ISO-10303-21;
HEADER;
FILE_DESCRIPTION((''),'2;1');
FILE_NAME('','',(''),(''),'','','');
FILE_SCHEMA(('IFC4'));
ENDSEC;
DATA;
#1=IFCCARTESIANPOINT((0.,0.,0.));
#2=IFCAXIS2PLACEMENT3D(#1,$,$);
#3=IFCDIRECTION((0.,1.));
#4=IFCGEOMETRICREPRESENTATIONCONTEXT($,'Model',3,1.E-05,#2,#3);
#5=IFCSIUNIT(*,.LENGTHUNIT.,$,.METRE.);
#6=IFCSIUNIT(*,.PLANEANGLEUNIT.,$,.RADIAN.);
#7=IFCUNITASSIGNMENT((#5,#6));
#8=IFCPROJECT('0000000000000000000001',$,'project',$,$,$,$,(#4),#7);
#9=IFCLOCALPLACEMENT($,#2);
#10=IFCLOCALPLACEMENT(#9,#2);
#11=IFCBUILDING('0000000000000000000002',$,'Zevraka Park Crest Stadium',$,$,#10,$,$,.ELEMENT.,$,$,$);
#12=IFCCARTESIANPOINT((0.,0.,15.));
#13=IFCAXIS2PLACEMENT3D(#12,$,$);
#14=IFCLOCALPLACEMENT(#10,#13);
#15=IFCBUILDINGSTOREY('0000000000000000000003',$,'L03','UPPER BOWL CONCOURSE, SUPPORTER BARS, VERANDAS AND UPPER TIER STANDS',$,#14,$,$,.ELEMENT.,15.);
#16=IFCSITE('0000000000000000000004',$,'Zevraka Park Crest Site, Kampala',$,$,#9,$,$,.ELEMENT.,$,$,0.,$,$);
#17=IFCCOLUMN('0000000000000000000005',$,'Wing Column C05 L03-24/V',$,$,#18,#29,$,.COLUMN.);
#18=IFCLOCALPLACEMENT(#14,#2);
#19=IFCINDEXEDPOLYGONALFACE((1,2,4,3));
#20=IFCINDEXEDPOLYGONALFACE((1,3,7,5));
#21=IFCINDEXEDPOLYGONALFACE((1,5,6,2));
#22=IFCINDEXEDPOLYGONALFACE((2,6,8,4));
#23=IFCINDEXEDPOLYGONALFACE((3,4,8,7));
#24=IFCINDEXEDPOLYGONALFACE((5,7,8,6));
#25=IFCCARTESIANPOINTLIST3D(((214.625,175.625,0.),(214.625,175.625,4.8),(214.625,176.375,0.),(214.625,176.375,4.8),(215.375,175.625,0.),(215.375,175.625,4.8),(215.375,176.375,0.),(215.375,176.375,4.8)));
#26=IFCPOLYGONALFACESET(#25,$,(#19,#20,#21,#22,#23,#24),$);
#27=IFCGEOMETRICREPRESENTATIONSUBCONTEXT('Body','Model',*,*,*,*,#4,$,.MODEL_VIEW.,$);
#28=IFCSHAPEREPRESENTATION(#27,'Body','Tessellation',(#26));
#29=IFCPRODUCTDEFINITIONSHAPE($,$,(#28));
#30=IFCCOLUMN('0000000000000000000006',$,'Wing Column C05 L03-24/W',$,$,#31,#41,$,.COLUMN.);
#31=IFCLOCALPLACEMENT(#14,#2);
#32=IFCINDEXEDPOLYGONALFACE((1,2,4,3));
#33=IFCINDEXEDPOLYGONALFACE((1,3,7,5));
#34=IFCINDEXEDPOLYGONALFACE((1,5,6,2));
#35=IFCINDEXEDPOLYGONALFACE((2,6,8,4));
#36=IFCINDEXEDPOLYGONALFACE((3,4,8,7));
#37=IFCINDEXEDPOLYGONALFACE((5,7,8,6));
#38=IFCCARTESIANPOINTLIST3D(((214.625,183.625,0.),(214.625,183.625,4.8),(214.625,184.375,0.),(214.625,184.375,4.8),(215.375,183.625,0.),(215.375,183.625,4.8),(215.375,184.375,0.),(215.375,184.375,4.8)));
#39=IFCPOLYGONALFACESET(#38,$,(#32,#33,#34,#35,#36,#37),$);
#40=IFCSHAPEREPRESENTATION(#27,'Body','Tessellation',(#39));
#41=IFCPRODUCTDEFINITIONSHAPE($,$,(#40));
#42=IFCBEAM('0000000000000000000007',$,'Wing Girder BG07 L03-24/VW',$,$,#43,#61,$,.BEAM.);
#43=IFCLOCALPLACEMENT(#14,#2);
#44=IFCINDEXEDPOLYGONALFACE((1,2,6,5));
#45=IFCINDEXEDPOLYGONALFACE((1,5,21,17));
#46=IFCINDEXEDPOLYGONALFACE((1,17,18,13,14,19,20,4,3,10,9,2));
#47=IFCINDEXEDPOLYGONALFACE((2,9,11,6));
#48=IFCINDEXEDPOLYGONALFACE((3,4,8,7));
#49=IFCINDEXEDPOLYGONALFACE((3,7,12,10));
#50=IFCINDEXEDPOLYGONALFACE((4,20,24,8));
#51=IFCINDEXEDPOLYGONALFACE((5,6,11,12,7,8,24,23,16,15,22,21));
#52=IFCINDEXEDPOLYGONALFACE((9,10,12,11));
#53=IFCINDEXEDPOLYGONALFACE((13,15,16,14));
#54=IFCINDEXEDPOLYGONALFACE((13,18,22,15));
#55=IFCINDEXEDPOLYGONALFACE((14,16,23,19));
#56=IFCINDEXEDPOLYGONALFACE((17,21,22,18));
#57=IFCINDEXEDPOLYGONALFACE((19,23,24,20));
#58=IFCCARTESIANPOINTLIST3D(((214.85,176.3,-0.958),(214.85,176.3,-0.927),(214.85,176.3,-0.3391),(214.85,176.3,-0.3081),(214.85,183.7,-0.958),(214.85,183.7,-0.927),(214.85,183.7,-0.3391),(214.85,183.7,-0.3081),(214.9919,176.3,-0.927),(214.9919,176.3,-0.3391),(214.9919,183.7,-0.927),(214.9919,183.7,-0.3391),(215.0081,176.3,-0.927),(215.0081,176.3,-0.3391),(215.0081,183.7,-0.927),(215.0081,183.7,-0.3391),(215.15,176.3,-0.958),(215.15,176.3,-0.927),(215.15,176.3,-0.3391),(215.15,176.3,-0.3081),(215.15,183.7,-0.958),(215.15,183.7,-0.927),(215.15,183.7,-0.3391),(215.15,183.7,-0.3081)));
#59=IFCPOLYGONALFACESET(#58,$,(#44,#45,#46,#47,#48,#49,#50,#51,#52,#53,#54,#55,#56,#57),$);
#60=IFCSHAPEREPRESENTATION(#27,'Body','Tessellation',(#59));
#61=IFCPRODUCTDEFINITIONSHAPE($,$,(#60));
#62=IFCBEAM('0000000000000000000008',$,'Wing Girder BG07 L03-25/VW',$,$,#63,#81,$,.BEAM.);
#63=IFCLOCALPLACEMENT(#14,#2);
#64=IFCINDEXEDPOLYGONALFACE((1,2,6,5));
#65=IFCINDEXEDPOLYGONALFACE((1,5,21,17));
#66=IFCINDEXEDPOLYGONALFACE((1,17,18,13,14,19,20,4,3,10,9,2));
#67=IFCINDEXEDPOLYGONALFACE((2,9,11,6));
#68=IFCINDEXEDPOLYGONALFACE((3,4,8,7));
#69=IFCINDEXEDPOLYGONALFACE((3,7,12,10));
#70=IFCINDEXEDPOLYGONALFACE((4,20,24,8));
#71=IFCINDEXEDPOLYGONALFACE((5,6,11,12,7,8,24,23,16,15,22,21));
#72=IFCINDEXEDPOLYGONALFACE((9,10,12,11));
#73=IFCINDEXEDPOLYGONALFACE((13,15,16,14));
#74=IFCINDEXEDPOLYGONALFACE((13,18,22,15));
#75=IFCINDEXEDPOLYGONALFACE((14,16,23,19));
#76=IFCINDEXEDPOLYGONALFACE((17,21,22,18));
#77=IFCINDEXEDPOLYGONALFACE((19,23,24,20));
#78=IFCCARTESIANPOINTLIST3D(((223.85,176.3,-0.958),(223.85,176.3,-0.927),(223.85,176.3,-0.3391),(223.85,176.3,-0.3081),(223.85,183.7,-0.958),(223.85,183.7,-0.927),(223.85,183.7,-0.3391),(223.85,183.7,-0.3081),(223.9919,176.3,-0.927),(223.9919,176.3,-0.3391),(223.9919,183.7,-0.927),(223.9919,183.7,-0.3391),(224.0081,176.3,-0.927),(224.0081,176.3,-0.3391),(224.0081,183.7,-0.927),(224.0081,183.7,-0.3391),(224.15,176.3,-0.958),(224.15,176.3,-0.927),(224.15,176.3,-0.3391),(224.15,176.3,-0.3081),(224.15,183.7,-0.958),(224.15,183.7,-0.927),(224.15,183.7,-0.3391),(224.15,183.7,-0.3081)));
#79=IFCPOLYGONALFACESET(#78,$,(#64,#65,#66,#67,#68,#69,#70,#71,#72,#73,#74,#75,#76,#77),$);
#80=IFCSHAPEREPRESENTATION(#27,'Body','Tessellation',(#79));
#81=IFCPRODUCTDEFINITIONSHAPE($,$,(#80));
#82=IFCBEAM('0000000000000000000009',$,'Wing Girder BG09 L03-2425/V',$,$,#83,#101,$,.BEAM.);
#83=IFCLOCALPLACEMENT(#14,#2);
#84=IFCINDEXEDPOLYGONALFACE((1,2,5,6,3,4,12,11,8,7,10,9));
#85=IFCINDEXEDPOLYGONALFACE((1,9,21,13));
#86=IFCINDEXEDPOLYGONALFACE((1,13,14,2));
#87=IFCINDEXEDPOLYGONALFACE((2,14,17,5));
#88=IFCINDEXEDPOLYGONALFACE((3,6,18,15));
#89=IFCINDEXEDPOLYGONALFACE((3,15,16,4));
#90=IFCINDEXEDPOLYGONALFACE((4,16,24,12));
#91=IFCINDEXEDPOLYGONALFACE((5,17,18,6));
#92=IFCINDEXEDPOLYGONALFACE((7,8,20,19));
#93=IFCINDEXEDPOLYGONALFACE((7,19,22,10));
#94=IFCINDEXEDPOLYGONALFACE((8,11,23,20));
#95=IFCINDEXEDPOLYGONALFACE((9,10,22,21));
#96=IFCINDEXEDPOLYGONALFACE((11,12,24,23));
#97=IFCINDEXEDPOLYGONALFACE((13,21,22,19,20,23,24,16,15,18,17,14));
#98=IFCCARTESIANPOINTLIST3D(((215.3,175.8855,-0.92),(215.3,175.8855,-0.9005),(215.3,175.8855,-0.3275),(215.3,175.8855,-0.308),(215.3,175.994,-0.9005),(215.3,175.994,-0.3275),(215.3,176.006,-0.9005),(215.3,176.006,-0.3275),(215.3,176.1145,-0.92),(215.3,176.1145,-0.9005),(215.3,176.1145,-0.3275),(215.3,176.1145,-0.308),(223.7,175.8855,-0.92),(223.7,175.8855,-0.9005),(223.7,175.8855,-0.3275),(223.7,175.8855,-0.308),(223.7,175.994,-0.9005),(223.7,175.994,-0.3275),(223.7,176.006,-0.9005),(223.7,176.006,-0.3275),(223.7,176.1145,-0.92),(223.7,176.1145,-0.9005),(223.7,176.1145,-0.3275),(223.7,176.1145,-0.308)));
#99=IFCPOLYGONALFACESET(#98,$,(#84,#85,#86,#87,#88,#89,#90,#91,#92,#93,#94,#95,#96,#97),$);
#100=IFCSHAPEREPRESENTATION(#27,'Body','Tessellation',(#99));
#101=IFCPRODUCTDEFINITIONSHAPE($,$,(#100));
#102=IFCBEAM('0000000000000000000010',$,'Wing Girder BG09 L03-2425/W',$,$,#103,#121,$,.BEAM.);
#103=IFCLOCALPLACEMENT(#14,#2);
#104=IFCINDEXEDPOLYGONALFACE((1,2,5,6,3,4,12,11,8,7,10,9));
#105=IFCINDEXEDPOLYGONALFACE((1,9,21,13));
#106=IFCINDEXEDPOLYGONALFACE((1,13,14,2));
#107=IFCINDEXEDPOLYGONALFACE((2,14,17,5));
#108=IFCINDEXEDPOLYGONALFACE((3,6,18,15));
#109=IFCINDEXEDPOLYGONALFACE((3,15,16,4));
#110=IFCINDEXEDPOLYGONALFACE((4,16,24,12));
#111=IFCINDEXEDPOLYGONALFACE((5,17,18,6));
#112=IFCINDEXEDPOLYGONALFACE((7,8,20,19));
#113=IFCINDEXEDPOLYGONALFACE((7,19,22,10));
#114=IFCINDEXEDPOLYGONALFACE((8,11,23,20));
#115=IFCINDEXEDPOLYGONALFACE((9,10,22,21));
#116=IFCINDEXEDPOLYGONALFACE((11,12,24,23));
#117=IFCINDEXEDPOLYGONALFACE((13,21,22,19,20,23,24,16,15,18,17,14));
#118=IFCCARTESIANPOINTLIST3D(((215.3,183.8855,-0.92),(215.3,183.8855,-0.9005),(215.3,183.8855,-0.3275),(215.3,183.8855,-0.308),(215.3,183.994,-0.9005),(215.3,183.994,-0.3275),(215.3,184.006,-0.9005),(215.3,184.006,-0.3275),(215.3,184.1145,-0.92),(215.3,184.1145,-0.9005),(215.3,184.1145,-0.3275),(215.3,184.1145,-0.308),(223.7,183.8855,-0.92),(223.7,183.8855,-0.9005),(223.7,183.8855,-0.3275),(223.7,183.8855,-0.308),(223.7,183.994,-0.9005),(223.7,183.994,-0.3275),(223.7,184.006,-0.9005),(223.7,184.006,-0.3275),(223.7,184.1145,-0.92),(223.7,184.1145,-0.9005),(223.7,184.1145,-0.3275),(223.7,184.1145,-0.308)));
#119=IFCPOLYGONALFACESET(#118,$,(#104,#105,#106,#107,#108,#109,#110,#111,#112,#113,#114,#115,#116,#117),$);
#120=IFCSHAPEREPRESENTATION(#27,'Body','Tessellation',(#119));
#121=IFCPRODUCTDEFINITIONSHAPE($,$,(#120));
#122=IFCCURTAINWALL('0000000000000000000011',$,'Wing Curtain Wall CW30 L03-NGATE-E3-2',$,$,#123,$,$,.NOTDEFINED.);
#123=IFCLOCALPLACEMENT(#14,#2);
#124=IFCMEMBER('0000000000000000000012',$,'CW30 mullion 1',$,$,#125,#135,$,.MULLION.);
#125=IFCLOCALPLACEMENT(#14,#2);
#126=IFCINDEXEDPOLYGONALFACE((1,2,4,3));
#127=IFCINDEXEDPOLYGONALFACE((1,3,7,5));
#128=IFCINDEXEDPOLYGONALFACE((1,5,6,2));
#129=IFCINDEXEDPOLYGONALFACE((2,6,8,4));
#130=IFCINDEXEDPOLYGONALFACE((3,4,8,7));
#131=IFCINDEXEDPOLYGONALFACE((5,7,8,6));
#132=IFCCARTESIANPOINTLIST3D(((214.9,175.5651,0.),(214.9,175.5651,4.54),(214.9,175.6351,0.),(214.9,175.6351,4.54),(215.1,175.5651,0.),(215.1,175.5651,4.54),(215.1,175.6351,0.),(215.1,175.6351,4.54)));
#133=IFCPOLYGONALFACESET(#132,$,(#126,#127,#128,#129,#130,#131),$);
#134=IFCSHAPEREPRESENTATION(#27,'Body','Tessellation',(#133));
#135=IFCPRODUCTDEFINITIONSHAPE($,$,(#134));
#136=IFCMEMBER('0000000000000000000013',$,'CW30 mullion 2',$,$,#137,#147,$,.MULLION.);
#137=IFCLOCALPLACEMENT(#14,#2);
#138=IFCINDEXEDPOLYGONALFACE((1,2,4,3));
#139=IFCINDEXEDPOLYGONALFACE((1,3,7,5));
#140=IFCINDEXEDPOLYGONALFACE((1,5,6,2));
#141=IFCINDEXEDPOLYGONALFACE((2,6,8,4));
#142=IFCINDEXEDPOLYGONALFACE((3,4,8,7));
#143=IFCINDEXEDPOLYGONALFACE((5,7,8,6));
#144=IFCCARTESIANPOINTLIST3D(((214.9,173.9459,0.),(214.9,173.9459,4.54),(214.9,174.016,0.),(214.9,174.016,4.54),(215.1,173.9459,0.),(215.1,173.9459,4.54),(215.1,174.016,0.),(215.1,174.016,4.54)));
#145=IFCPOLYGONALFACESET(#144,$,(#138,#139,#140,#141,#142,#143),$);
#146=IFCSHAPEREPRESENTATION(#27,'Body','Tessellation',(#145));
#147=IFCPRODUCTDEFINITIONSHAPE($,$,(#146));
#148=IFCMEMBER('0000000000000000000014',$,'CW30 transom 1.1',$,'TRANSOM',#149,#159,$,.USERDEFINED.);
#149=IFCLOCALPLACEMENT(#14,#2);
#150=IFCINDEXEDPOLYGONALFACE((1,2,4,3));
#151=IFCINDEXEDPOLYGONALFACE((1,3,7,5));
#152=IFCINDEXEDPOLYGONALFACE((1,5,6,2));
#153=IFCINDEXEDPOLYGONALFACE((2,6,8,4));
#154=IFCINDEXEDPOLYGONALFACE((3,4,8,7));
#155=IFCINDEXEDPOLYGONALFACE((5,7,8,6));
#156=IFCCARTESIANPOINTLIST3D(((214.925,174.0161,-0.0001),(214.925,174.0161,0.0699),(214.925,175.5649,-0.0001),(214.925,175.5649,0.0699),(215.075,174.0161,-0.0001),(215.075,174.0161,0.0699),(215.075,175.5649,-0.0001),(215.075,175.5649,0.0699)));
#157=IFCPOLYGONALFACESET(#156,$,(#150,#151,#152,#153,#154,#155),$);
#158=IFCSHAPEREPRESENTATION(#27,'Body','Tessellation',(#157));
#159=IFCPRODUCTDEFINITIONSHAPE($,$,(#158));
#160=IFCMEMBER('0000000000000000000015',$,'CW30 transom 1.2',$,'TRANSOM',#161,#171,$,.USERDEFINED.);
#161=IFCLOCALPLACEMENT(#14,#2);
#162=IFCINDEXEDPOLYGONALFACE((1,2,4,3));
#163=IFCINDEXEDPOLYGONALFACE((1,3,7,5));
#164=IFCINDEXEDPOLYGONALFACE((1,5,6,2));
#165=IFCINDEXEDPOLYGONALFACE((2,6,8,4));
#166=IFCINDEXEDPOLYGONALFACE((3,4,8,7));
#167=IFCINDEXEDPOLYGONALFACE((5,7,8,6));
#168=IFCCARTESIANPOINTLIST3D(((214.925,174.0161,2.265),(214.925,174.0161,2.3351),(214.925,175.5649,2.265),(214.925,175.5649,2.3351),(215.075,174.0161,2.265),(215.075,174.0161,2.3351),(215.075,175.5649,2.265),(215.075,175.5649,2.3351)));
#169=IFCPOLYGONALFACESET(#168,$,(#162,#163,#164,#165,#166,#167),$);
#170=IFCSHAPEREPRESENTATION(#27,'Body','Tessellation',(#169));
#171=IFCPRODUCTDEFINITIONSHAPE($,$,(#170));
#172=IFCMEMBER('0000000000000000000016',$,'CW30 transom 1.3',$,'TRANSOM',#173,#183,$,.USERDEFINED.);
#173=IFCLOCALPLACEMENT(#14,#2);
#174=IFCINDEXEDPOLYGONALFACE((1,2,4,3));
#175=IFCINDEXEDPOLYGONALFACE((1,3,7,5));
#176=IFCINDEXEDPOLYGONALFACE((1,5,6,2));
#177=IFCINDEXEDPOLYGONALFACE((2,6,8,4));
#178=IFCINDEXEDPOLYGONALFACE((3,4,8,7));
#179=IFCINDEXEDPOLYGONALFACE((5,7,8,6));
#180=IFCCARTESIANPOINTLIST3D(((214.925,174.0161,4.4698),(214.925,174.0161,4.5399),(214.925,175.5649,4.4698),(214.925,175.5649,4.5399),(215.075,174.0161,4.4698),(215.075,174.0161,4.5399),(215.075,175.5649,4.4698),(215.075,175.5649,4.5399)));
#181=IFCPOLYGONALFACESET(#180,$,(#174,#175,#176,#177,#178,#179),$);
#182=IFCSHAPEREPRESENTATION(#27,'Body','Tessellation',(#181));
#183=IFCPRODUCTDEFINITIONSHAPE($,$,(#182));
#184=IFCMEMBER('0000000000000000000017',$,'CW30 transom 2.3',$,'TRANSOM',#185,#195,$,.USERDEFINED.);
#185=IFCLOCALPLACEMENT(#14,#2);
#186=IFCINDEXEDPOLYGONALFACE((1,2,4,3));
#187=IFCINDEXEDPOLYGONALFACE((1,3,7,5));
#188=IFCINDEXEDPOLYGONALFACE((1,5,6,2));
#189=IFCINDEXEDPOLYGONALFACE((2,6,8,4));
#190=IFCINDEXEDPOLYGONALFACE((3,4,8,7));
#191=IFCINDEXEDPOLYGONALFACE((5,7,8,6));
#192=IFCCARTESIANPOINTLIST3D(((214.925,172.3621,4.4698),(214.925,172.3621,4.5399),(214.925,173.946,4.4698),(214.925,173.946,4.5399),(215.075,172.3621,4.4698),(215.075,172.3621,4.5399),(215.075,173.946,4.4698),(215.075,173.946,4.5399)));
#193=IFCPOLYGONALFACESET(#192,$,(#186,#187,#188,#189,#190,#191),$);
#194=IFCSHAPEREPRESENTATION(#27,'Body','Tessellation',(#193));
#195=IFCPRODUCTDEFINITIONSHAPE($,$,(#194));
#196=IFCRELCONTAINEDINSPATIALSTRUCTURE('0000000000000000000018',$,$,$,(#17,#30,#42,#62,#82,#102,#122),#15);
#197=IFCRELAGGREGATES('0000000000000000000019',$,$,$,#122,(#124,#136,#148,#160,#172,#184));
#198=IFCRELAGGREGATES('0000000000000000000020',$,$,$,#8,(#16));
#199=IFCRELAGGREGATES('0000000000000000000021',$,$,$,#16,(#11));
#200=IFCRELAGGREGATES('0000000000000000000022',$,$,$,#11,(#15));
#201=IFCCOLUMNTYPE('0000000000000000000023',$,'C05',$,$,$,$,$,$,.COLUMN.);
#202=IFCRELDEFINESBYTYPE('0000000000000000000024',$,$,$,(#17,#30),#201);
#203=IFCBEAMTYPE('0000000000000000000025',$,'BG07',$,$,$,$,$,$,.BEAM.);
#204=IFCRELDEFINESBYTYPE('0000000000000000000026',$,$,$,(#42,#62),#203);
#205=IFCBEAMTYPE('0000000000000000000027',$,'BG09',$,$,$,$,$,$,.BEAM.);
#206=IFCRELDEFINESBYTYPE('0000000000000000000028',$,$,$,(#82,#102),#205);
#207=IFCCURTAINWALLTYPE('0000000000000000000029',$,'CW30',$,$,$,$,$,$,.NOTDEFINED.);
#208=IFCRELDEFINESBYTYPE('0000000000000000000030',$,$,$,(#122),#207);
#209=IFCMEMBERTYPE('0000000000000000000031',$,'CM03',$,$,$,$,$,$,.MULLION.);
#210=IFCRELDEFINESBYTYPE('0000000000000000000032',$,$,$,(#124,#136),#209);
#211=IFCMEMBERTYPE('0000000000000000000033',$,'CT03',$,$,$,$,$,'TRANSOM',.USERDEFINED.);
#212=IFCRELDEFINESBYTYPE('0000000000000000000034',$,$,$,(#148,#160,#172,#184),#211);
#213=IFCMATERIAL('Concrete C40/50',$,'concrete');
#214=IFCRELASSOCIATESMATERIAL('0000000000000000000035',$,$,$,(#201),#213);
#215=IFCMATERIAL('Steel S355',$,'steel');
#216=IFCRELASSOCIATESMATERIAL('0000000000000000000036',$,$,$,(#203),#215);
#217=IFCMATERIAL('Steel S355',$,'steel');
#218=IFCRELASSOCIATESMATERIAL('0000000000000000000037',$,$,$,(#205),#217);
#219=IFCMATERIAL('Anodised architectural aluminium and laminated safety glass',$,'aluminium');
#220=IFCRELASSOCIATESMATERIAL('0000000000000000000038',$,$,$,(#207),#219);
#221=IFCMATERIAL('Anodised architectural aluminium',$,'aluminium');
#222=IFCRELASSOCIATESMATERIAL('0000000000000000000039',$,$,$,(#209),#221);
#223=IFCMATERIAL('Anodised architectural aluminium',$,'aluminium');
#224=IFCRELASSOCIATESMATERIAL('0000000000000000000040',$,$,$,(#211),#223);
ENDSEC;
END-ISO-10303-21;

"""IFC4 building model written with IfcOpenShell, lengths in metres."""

from ifc_helpers import new_model, si_unit, direction, frame, origin, origin_2d, place, context, subcontext, project, spatial, rectangle, i_section, extrude, material, material_profile, profile_set, type_object, element, aggregate, save


model = new_model("IFC4")

# Units and contexts
model_context = context("Model", 3, precision=1e-05, world=origin(), true_north=direction((0.0, 1.0)))
body_context = subcontext(model_context, "Body", "Model", "MODEL_VIEW")
ifc_project = project(units=[si_unit("LENGTHUNIT", "METRE"), si_unit("PLANEANGLEUNIT", "RADIAN")], contexts=[model_context])

# Site, building, storey
site_placement = place(None, origin())
site = spatial("IfcSite", under=ifc_project, at=site_placement, Name="Zevraka Park Crest Site, Kampala", CompositionType="ELEMENT", RefElevation=0.0)
building_placement = place(site_placement, origin())
building = spatial("IfcBuilding", under=site, at=building_placement, Name="Zevraka Park Crest Stadium", CompositionType="ELEMENT")
storey_placement = place(building_placement, frame((0.0, 0.0, 15.0)))
storey = spatial("IfcBuildingStorey", under=building, at=storey_placement, Name="L03", Description="UPPER BOWL CONCOURSE, SUPPORTER BARS, VERANDAS AND UPPER TIER STANDS", CompositionType="ELEMENT", Elevation=15.0)

# Columns
ifc_material_1 = material(Name="Concrete C40/50", Category="concrete")
ifc_material_profile_1 = material_profile(ifc_material_1, rectangle(XDim=0.75, YDim=0.75, at=origin_2d()), Name="RC 750x750")
ifc_profile_set_1 = profile_set([ifc_material_profile_1], Name="Concrete C40/50")
column_type = type_object("IfcColumnType", Name="C05", PredefinedType="COLUMN", material=ifc_profile_set_1)
for number, where, z_axis, x_axis, name in (
    (1, (215.0, 176.0, 0.0), (0.0, 0.0, 1.0), (1.0, 0.0, 0.0), "Wing Column C05 L03-24/V"),
    (2, (215.0, 184.0, 0.0), (0.0, 0.0, 1.0), (1.0, 0.0, 0.0), "Wing Column C05 L03-24/W"),
):
    element("IfcColumn", number, at=place(storey_placement, frame(where, z_axis=z_axis, x_axis=x_axis)), inside=storey, type_object=column_type, Name=name, PredefinedType="COLUMN", context=body_context, shape_type="SweptSolid", body=[
        extrude(rectangle(XDim=0.75, YDim=0.75, at=origin_2d()), origin(), (0.0, 0.0, 1.0), 4.8),
    ])

# Beams
ifc_material_2 = material(Name="Steel S355", Category="steel")
ifc_material_profile_2 = material_profile(ifc_material_2, i_section(OverallWidth=0.3, OverallDepth=0.6499, WebThickness=0.0161, FlangeThickness=0.031, at=origin_2d()), Name="HEB 650")
ifc_profile_set_2 = profile_set([ifc_material_profile_2], Name="Steel S355")
beam_type_1 = type_object("IfcBeamType", Name="BG07", PredefinedType="BEAM", material=ifc_profile_set_2)
for number, where, z_axis, x_axis, name in (
    (3, (215.0, 176.3, -0.6331), (0.0, 1.0, 0.0), (-1.0, 0.0, 0.0), "Wing Girder BG07 L03-24/VW"),
    (4, (224.0, 176.3, -0.6331), (0.0, 1.0, 0.0), (-1.0, 0.0, 0.0), "Wing Girder BG07 L03-25/VW"),
):
    element("IfcBeam", number, at=place(storey_placement, frame(where, z_axis=z_axis, x_axis=x_axis)), inside=storey, type_object=beam_type_1, Name=name, PredefinedType="BEAM", context=body_context, shape_type="SweptSolid", body=[
        extrude(i_section(OverallWidth=0.3, OverallDepth=0.6499, WebThickness=0.0161, FlangeThickness=0.031, at=origin_2d()), origin(), (0.0, 0.0, 1.0), 7.3999),
    ])
ifc_material_3 = material(Name="Steel S355", Category="steel")
ifc_material_profile_3 = material_profile(ifc_material_3, i_section(OverallWidth=0.229, OverallDepth=0.6121, WebThickness=0.012, FlangeThickness=0.0195, at=origin_2d()), Name="UKB 610x229x125")
ifc_profile_set_3 = profile_set([ifc_material_profile_3], Name="Steel S355")
beam_type_2 = type_object("IfcBeamType", Name="BG09", PredefinedType="BEAM", material=ifc_profile_set_3)
for number, where, z_axis, x_axis, name in (
    (5, (215.3, 176.0, -0.614), (1.0, 0.0, 0.0), (0.0, 1.0, 0.0), "Wing Girder BG09 L03-2425/V"),
    (6, (215.3, 184.0, -0.614), (1.0, 0.0, 0.0), (0.0, 1.0, 0.0), "Wing Girder BG09 L03-2425/W"),
):
    element("IfcBeam", number, at=place(storey_placement, frame(where, z_axis=z_axis, x_axis=x_axis)), inside=storey, type_object=beam_type_2, Name=name, PredefinedType="BEAM", context=body_context, shape_type="SweptSolid", body=[
        extrude(i_section(OverallWidth=0.229, OverallDepth=0.6121, WebThickness=0.012, FlangeThickness=0.0195, at=origin_2d()), origin(), (0.0, 0.0, 1.0), 8.3999),
    ])

# Curtain wall, members
ifc_material_4 = material(Name="Anodised architectural aluminium and laminated safety glass", Category="aluminium")
curtain_wall_type = type_object("IfcCurtainWallType", Name="CW30", PredefinedType="NOTDEFINED", material=ifc_material_4)
curtain_wall_placement = place(storey_placement, origin())
curtain_wall = element("IfcCurtainWall", 7, at=curtain_wall_placement, inside=storey, type_object=curtain_wall_type, Name="Wing Curtain Wall CW30 L03-NGATE-E3-2", PredefinedType="NOTDEFINED")
ifc_material_5 = material(Name="Anodised architectural aluminium", Category="aluminium")
ifc_material_profile_4 = material_profile(ifc_material_5, rectangle(XDim=0.2, YDim=0.0701, at=origin_2d()), Name="ALU MULLION 200x70")
ifc_profile_set_4 = profile_set([ifc_material_profile_4], Name="Anodised architectural aluminium")
member_type_1 = type_object("IfcMemberType", Name="CM03", PredefinedType="MULLION", material=ifc_profile_set_4)
member_1_placement = place(storey_placement, frame((215.0, 175.6001, 0.0), z_axis=(0.0, 0.0, 1.0), x_axis=(1.0, 0.0, 0.0)))
member_1 = element("IfcMember", 8, at=member_1_placement, type_object=member_type_1, Name="CW30 mullion 1", PredefinedType="MULLION", context=body_context, shape_type="SweptSolid", body=[
    extrude(rectangle(XDim=0.2, YDim=0.0701, at=origin_2d()), origin(), (0.0, 0.0, 1.0), 4.54),
])
member_2_placement = place(storey_placement, frame((215.0, 173.981, 0.0), z_axis=(0.0, 0.0, 1.0), x_axis=(1.0, 0.0, 0.0)))
member_2 = element("IfcMember", 9, at=member_2_placement, type_object=member_type_1, Name="CW30 mullion 2", PredefinedType="MULLION", context=body_context, shape_type="SweptSolid", body=[
    extrude(rectangle(XDim=0.2, YDim=0.0701, at=origin_2d()), origin(), (0.0, 0.0, 1.0), 4.54),
])
ifc_material_6 = material(Name="Anodised architectural aluminium", Category="aluminium")
ifc_material_profile_5 = material_profile(ifc_material_6, rectangle(XDim=0.1499, YDim=0.0701, at=origin_2d()), Name="ALU TRANSOM 150x70")
ifc_profile_set_5 = profile_set([ifc_material_profile_5], Name="Anodised architectural aluminium")
member_type_2 = type_object("IfcMemberType", Name="CT03", ElementType="TRANSOM", PredefinedType="USERDEFINED", material=ifc_profile_set_5)
member_3_placement = place(storey_placement, frame((215.0, 175.5649, 0.0349), z_axis=(0.0, -1.0, 0.0), x_axis=(1.0, 0.0, 0.0)))
member_3 = element("IfcMember", 10, at=member_3_placement, type_object=member_type_2, Name="CW30 transom 1.1", ObjectType="TRANSOM", PredefinedType="USERDEFINED", context=body_context, shape_type="SweptSolid", body=[
    extrude(rectangle(XDim=0.1499, YDim=0.0701, at=origin_2d()), origin(), (0.0, 0.0, 1.0), 1.5488),
])
member_4_placement = place(storey_placement, frame((215.0, 175.5649, 2.3), z_axis=(0.0, -1.0, 0.0), x_axis=(1.0, 0.0, 0.0)))
member_4 = element("IfcMember", 11, at=member_4_placement, type_object=member_type_2, Name="CW30 transom 1.2", ObjectType="TRANSOM", PredefinedType="USERDEFINED", context=body_context, shape_type="SweptSolid", body=[
    extrude(rectangle(XDim=0.1499, YDim=0.0701, at=origin_2d()), origin(), (0.0, 0.0, 1.0), 1.5488),
])
member_5_placement = place(storey_placement, frame((215.0, 175.5649, 4.5049), z_axis=(0.0, -1.0, 0.0), x_axis=(1.0, 0.0, 0.0)))
member_5 = element("IfcMember", 12, at=member_5_placement, type_object=member_type_2, Name="CW30 transom 1.3", ObjectType="TRANSOM", PredefinedType="USERDEFINED", context=body_context, shape_type="SweptSolid", body=[
    extrude(rectangle(XDim=0.1499, YDim=0.0701, at=origin_2d()), origin(), (0.0, 0.0, 1.0), 1.5488),
])
member_6_placement = place(storey_placement, frame((215.0, 173.946, 4.5049), z_axis=(0.0, -1.0, 0.0), x_axis=(1.0, 0.0, 0.0)))
member_6 = element("IfcMember", 13, at=member_6_placement, type_object=member_type_2, Name="CW30 transom 2.3", ObjectType="TRANSOM", PredefinedType="USERDEFINED", context=body_context, shape_type="SweptSolid", body=[
    extrude(rectangle(XDim=0.1499, YDim=0.0701, at=origin_2d()), origin(), (0.0, 0.0, 1.0), 1.584),
])

aggregate(curtain_wall, [member_1, member_2, member_3, member_4, member_5, member_6])

save(model, "model.ifc")
